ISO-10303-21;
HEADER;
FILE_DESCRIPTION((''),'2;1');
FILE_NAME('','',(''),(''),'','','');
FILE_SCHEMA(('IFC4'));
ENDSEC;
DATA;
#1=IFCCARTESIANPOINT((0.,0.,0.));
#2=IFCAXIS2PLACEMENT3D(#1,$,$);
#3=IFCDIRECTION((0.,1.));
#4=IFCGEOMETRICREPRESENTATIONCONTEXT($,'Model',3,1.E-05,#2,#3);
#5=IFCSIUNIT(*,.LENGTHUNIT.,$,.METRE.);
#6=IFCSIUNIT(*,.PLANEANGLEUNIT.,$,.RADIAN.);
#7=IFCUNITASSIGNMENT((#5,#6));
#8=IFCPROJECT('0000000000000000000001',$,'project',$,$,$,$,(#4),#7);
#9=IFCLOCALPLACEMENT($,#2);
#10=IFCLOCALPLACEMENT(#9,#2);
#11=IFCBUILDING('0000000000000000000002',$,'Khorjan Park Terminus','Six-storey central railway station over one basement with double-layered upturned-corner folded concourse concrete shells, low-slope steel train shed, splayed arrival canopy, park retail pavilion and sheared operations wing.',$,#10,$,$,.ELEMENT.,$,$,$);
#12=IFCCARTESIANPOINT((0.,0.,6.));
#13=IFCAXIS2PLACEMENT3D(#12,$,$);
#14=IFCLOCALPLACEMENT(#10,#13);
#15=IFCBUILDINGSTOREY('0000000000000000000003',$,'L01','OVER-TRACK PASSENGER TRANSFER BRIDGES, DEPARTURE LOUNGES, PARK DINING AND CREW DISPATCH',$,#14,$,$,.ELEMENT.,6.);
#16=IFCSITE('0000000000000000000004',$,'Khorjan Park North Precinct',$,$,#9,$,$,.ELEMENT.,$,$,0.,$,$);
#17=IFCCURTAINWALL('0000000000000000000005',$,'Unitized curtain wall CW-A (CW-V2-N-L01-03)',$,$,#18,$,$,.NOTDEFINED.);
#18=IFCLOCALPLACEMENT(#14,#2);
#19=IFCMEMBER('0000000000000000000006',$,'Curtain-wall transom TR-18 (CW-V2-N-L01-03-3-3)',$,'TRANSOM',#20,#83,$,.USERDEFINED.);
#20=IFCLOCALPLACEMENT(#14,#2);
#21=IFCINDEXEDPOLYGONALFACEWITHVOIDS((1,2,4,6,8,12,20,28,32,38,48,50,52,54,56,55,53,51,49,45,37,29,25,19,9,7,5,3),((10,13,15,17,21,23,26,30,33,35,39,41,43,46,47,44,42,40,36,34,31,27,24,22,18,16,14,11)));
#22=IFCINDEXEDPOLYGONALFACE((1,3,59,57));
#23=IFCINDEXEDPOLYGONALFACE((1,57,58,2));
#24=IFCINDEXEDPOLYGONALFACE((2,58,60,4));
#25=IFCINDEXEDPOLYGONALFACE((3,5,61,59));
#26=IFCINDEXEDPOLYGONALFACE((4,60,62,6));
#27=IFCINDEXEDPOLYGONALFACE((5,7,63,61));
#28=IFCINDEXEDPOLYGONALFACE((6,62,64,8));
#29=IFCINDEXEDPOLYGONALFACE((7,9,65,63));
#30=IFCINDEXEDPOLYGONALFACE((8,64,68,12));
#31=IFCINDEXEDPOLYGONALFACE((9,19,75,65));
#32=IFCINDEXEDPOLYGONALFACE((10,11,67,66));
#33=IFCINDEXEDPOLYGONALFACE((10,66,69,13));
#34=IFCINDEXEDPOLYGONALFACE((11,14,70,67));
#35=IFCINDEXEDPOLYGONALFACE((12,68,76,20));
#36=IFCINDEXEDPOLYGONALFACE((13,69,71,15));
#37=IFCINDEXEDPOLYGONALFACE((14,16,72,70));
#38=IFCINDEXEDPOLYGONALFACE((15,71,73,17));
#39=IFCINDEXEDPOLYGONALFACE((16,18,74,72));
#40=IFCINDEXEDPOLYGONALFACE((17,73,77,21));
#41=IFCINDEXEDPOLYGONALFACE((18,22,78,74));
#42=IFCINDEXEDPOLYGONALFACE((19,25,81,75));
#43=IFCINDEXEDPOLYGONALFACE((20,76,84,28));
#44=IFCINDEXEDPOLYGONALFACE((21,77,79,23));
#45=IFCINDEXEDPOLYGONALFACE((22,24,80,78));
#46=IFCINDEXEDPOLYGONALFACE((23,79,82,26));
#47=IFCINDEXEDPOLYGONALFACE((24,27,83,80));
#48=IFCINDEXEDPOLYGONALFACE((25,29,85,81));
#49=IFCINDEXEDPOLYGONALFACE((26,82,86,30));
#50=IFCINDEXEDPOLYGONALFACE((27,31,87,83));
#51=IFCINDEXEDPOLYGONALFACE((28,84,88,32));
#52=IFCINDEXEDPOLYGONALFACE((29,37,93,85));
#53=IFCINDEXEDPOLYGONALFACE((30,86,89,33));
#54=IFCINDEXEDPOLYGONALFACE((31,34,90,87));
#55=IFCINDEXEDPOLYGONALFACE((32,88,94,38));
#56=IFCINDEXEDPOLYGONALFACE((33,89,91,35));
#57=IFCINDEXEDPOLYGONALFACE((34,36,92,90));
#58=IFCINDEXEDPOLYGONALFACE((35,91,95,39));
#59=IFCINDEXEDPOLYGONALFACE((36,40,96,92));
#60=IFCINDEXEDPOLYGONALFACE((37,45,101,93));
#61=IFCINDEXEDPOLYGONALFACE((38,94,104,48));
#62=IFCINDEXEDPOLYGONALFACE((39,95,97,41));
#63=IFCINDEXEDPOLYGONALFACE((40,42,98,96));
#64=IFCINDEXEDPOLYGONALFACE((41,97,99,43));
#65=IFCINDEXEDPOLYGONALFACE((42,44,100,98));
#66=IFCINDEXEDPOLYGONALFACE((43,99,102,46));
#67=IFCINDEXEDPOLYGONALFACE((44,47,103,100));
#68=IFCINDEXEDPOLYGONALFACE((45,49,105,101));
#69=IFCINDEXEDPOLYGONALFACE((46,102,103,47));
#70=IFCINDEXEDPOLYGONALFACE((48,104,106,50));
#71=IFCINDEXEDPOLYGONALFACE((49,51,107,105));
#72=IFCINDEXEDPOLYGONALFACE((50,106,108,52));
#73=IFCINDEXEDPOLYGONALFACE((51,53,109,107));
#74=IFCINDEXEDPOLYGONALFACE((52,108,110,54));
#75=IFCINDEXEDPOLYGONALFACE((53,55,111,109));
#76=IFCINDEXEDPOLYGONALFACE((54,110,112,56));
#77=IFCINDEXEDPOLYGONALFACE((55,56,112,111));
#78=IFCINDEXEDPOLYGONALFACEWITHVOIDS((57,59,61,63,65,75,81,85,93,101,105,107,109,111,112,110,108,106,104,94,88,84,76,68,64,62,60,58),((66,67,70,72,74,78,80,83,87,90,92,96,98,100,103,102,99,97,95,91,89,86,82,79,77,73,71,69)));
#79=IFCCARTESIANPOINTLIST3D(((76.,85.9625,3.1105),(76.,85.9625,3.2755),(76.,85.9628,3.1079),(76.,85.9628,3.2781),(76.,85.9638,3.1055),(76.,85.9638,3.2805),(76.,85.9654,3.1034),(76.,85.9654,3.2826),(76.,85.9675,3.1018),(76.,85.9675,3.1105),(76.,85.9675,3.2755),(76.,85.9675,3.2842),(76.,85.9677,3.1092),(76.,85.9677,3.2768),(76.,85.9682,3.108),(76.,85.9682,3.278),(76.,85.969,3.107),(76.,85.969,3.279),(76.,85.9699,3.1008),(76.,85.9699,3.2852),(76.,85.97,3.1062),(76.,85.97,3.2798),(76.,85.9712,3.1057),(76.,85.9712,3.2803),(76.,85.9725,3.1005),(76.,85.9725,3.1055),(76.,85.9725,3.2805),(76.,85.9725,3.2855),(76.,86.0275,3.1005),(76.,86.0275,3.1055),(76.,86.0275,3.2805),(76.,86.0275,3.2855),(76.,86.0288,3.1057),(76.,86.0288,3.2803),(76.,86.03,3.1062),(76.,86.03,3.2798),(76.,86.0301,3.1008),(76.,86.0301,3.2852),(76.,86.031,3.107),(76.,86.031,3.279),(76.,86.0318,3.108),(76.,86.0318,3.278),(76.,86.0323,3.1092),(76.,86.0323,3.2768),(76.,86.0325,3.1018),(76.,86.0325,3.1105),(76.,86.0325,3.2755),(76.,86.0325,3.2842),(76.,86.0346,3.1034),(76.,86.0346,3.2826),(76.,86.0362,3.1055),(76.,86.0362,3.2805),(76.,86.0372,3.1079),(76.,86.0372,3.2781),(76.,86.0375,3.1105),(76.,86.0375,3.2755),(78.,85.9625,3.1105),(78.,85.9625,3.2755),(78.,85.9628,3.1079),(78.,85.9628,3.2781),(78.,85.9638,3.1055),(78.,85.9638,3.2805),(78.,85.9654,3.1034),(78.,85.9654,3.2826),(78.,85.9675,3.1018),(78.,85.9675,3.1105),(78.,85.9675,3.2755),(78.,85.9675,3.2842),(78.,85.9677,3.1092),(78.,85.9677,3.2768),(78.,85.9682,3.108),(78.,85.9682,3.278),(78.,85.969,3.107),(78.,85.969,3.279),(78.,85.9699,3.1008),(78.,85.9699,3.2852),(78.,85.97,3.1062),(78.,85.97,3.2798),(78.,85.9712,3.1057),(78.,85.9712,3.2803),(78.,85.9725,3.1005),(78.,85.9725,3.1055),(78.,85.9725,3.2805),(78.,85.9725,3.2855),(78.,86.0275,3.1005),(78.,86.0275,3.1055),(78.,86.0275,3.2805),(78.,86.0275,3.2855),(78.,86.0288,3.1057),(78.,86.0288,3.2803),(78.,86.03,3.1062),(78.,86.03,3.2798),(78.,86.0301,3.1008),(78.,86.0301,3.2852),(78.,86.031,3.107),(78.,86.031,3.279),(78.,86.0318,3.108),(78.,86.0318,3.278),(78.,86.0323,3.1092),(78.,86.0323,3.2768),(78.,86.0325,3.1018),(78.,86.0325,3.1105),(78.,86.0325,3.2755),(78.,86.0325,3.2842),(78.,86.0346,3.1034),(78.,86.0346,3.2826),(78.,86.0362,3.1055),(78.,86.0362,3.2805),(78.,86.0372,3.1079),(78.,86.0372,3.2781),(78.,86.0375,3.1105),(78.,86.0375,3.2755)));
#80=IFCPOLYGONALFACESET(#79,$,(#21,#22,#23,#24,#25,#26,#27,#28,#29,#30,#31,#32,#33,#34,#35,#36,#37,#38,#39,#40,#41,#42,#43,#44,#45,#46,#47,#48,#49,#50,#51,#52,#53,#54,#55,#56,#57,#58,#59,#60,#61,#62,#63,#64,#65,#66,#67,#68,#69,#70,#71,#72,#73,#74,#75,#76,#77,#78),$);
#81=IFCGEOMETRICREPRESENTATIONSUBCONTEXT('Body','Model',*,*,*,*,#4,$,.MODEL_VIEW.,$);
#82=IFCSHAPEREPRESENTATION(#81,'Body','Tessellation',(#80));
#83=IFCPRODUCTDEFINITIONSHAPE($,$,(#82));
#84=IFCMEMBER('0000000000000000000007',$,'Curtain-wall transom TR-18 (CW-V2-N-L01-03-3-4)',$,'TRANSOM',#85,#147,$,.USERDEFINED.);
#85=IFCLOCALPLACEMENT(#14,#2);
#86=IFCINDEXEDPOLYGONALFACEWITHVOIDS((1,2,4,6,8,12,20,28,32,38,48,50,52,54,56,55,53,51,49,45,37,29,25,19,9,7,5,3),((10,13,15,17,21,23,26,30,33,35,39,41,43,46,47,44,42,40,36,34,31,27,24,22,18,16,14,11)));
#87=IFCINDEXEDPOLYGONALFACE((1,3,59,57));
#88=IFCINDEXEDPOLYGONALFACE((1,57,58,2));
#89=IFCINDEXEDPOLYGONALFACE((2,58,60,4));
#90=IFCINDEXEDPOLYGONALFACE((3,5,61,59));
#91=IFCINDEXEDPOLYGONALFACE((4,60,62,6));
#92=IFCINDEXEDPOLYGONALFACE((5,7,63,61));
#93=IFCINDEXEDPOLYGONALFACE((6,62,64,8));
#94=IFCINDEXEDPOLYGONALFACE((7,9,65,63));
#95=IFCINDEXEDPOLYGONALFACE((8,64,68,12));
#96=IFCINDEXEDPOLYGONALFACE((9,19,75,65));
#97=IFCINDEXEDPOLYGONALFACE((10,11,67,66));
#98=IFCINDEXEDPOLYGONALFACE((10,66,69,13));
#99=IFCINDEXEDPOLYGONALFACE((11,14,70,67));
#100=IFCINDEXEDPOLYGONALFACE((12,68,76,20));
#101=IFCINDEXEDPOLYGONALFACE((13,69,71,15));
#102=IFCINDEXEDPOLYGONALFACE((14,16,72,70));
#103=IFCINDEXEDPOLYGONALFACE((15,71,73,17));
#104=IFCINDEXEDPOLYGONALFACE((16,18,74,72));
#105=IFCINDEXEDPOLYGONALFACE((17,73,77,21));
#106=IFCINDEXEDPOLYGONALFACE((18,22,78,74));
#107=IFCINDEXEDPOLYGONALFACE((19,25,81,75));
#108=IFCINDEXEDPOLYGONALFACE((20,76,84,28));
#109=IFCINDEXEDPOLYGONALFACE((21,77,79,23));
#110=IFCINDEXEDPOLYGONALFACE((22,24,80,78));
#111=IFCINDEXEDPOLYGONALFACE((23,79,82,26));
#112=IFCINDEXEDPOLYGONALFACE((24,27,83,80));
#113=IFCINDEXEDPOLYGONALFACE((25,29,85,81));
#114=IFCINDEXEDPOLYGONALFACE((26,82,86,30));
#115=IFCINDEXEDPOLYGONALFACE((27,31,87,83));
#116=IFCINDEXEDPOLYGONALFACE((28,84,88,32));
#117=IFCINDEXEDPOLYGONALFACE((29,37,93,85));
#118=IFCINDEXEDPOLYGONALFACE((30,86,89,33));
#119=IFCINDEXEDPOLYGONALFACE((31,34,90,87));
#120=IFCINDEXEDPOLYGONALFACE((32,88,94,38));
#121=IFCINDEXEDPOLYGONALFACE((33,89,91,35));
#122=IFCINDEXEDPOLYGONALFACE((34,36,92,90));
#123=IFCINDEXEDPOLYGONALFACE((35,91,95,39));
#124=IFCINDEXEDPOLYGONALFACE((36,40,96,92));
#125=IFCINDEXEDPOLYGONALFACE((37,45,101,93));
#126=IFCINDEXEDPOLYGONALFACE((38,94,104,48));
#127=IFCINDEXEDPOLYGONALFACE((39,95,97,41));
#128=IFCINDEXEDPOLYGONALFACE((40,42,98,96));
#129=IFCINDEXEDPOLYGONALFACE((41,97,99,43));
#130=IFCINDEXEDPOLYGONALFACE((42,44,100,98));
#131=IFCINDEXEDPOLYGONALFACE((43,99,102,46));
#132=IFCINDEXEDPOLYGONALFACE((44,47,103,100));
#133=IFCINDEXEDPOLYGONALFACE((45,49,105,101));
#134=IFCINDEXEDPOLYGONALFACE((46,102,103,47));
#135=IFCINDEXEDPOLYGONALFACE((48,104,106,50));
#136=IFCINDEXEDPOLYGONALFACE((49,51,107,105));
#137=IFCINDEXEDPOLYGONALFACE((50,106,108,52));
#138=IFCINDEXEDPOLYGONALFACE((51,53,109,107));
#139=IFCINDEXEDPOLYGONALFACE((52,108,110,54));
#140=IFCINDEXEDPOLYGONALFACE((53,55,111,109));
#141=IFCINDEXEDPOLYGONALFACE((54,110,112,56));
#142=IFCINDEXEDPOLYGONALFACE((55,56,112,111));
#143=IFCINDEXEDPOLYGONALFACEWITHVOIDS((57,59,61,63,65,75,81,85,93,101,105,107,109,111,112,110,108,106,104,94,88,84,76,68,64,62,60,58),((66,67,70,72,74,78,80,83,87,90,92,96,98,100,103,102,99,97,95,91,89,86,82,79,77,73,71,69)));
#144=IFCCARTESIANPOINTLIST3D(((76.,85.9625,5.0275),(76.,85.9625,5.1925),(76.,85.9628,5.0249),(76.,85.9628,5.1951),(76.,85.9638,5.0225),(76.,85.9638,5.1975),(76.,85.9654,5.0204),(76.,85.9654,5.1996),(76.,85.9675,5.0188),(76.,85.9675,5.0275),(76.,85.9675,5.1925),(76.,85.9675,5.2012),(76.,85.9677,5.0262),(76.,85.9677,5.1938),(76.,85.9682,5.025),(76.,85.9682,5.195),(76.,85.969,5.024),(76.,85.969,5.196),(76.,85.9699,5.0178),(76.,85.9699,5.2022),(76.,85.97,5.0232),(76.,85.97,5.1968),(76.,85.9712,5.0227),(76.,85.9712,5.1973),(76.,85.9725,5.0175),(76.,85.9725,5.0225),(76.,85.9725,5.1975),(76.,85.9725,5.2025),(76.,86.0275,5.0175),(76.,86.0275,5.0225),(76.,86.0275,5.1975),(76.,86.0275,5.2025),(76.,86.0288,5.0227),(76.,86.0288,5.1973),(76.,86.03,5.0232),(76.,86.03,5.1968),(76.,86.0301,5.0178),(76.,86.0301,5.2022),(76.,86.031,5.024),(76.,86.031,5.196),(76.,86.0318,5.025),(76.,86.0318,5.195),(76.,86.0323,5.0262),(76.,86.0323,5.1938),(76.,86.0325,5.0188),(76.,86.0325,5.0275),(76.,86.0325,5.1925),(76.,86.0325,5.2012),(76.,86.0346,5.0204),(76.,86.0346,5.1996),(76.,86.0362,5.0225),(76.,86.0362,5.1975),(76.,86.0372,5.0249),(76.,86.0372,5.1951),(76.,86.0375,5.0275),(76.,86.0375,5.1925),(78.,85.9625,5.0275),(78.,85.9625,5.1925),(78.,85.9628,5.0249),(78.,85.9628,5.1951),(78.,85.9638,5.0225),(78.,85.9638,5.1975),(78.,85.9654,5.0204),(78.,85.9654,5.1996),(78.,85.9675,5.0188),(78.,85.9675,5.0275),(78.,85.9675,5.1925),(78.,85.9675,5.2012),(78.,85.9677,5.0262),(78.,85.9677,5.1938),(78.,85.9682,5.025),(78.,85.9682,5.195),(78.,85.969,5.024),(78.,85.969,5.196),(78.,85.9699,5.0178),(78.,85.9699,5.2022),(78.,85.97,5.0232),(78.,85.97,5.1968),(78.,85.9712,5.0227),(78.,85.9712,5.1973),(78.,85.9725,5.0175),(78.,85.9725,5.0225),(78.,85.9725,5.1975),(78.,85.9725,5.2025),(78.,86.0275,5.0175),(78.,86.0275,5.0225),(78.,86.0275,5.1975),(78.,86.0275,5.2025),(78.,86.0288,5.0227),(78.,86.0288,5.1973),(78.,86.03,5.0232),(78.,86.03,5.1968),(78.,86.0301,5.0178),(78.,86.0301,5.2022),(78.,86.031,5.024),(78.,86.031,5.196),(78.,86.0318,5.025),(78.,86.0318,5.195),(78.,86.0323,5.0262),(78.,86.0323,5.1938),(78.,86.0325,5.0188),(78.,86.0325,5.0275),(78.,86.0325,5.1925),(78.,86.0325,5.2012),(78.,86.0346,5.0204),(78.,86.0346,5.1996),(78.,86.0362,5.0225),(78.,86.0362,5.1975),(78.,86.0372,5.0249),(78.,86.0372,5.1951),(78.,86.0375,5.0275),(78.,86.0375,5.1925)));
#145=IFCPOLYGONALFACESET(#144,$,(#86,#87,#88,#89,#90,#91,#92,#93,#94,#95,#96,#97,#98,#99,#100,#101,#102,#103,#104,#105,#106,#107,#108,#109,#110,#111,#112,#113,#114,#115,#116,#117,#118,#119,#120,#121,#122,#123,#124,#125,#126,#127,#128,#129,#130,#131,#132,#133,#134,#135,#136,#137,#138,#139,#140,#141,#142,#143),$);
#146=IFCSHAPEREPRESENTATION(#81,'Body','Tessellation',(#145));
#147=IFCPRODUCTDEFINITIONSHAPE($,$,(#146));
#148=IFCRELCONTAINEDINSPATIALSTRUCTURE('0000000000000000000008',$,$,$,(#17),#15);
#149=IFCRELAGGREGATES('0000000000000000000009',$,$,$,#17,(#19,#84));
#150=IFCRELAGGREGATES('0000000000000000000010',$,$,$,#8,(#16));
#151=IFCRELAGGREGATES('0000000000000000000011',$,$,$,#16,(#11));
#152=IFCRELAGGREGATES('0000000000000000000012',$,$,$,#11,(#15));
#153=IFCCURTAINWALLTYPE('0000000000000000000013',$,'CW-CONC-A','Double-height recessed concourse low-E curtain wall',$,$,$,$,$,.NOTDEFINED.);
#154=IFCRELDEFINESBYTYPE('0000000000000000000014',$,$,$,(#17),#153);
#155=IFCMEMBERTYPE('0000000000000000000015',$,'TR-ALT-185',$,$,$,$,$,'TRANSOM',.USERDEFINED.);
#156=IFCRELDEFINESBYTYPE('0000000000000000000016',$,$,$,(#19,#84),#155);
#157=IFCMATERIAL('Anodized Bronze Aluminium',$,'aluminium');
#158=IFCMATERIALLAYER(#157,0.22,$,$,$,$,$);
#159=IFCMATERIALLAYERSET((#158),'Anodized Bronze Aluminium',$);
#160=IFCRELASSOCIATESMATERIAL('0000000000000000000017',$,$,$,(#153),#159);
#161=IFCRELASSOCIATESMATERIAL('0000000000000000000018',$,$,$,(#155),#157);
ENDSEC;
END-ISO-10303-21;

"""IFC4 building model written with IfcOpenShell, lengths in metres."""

from ifc_helpers import new_model, si_unit, direction, frame, origin, origin_2d, place, context, subcontext, project, spatial, hollow_rectangle, extrude, material, layer, layer_set, material_profile, profile_set, type_object, element, aggregate, save


model = new_model("IFC4")

# Units and contexts
model_context = context("Model", 3, precision=1e-05, world=origin(), true_north=direction((0.0, 1.0)))
body_context = subcontext(model_context, "Body", "Model", "MODEL_VIEW")
ifc_project = project(units=[si_unit("LENGTHUNIT", "METRE"), si_unit("PLANEANGLEUNIT", "RADIAN")], contexts=[model_context])

# Site, building, storey
site_placement = place(None, origin())
site = spatial("IfcSite", under=ifc_project, at=site_placement, Name="Khorjan Park North Precinct", CompositionType="ELEMENT", RefElevation=0.0)
building_placement = place(site_placement, origin())
building = spatial("IfcBuilding", under=site, at=building_placement, Name="Khorjan Park Terminus", Description="Six-storey central railway station over one basement with double-layered upturned-corner folded concourse concrete shells, low-slope steel train shed, splayed arrival canopy, park retail pavilion and sheared operations wing.", CompositionType="ELEMENT")
storey_placement = place(building_placement, frame((0.0, 0.0, 6.0)))
storey = spatial("IfcBuildingStorey", under=building, at=storey_placement, Name="L01", Description="OVER-TRACK PASSENGER TRANSFER BRIDGES, DEPARTURE LOUNGES, PARK DINING AND CREW DISPATCH", CompositionType="ELEMENT", Elevation=6.0)

# Shared definitions
ifc_material_1 = material(Name="Anodized Bronze Aluminium", Category="aluminium")

# Curtain wall
ifc_layer_1 = layer(ifc_material_1, 0.22)
ifc_layer_set_1 = layer_set([ifc_layer_1], Name="Anodized Bronze Aluminium")
curtain_wall_type_1 = type_object("IfcCurtainWallType", Name="CW-CONC-A", Description="Double-height recessed concourse low-E curtain wall", PredefinedType="NOTDEFINED", material=ifc_layer_set_1)
curtain_wall_1_placement = place(storey_placement, origin())
curtain_wall_1 = element("IfcCurtainWall", 1, at=curtain_wall_1_placement, inside=storey, type_object=curtain_wall_type_1, Name="Unitized curtain wall CW-A (CW-V2-N-L01-03)", PredefinedType="NOTDEFINED")

# Members
ifc_material_profile_1 = material_profile(ifc_material_1, hollow_rectangle(XDim=0.075, YDim=0.185, WallThickness=0.005, InnerFilletRadius=0.005, OuterFilletRadius=0.01, at=origin_2d()), Name="ALT 75x185x5")
ifc_profile_set_1 = profile_set([ifc_material_profile_1], Name="Anodized Bronze Aluminium")
member_type_1 = type_object("IfcMemberType", Name="TR-ALT-185", ElementType="TRANSOM", PredefinedType="USERDEFINED", material=ifc_profile_set_1)
member_1_placement = place(storey_placement, frame((78.0, 86.0, 3.193), z_axis=(-1.0, 0.0, 0.0), x_axis=(0.0, -1.0, 0.0)))
member_1 = element("IfcMember", 2, at=member_1_placement, type_object=member_type_1, Name="Curtain-wall transom TR-18 (CW-V2-N-L01-03-3-3)", ObjectType="TRANSOM", PredefinedType="USERDEFINED", context=body_context, shape_type="SweptSolid", body=[
    extrude(hollow_rectangle(XDim=0.075, YDim=0.185, WallThickness=0.005, InnerFilletRadius=0.005, OuterFilletRadius=0.01, at=origin_2d()), origin(), (0.0, 0.0, 1.0), 2.0),
])
member_2_placement = place(storey_placement, frame((78.0, 86.0, 5.11), z_axis=(-1.0, 0.0, 0.0), x_axis=(0.0, -1.0, 0.0)))
member_2 = element("IfcMember", 3, at=member_2_placement, type_object=member_type_1, Name="Curtain-wall transom TR-18 (CW-V2-N-L01-03-3-4)", ObjectType="TRANSOM", PredefinedType="USERDEFINED", context=body_context, shape_type="SweptSolid", body=[
    extrude(hollow_rectangle(XDim=0.075, YDim=0.185, WallThickness=0.005, InnerFilletRadius=0.005, OuterFilletRadius=0.01, at=origin_2d()), origin(), (0.0, 0.0, 1.0), 2.0),
])

aggregate(curtain_wall_1, [member_1, member_2])

save(model, "model.ifc")
